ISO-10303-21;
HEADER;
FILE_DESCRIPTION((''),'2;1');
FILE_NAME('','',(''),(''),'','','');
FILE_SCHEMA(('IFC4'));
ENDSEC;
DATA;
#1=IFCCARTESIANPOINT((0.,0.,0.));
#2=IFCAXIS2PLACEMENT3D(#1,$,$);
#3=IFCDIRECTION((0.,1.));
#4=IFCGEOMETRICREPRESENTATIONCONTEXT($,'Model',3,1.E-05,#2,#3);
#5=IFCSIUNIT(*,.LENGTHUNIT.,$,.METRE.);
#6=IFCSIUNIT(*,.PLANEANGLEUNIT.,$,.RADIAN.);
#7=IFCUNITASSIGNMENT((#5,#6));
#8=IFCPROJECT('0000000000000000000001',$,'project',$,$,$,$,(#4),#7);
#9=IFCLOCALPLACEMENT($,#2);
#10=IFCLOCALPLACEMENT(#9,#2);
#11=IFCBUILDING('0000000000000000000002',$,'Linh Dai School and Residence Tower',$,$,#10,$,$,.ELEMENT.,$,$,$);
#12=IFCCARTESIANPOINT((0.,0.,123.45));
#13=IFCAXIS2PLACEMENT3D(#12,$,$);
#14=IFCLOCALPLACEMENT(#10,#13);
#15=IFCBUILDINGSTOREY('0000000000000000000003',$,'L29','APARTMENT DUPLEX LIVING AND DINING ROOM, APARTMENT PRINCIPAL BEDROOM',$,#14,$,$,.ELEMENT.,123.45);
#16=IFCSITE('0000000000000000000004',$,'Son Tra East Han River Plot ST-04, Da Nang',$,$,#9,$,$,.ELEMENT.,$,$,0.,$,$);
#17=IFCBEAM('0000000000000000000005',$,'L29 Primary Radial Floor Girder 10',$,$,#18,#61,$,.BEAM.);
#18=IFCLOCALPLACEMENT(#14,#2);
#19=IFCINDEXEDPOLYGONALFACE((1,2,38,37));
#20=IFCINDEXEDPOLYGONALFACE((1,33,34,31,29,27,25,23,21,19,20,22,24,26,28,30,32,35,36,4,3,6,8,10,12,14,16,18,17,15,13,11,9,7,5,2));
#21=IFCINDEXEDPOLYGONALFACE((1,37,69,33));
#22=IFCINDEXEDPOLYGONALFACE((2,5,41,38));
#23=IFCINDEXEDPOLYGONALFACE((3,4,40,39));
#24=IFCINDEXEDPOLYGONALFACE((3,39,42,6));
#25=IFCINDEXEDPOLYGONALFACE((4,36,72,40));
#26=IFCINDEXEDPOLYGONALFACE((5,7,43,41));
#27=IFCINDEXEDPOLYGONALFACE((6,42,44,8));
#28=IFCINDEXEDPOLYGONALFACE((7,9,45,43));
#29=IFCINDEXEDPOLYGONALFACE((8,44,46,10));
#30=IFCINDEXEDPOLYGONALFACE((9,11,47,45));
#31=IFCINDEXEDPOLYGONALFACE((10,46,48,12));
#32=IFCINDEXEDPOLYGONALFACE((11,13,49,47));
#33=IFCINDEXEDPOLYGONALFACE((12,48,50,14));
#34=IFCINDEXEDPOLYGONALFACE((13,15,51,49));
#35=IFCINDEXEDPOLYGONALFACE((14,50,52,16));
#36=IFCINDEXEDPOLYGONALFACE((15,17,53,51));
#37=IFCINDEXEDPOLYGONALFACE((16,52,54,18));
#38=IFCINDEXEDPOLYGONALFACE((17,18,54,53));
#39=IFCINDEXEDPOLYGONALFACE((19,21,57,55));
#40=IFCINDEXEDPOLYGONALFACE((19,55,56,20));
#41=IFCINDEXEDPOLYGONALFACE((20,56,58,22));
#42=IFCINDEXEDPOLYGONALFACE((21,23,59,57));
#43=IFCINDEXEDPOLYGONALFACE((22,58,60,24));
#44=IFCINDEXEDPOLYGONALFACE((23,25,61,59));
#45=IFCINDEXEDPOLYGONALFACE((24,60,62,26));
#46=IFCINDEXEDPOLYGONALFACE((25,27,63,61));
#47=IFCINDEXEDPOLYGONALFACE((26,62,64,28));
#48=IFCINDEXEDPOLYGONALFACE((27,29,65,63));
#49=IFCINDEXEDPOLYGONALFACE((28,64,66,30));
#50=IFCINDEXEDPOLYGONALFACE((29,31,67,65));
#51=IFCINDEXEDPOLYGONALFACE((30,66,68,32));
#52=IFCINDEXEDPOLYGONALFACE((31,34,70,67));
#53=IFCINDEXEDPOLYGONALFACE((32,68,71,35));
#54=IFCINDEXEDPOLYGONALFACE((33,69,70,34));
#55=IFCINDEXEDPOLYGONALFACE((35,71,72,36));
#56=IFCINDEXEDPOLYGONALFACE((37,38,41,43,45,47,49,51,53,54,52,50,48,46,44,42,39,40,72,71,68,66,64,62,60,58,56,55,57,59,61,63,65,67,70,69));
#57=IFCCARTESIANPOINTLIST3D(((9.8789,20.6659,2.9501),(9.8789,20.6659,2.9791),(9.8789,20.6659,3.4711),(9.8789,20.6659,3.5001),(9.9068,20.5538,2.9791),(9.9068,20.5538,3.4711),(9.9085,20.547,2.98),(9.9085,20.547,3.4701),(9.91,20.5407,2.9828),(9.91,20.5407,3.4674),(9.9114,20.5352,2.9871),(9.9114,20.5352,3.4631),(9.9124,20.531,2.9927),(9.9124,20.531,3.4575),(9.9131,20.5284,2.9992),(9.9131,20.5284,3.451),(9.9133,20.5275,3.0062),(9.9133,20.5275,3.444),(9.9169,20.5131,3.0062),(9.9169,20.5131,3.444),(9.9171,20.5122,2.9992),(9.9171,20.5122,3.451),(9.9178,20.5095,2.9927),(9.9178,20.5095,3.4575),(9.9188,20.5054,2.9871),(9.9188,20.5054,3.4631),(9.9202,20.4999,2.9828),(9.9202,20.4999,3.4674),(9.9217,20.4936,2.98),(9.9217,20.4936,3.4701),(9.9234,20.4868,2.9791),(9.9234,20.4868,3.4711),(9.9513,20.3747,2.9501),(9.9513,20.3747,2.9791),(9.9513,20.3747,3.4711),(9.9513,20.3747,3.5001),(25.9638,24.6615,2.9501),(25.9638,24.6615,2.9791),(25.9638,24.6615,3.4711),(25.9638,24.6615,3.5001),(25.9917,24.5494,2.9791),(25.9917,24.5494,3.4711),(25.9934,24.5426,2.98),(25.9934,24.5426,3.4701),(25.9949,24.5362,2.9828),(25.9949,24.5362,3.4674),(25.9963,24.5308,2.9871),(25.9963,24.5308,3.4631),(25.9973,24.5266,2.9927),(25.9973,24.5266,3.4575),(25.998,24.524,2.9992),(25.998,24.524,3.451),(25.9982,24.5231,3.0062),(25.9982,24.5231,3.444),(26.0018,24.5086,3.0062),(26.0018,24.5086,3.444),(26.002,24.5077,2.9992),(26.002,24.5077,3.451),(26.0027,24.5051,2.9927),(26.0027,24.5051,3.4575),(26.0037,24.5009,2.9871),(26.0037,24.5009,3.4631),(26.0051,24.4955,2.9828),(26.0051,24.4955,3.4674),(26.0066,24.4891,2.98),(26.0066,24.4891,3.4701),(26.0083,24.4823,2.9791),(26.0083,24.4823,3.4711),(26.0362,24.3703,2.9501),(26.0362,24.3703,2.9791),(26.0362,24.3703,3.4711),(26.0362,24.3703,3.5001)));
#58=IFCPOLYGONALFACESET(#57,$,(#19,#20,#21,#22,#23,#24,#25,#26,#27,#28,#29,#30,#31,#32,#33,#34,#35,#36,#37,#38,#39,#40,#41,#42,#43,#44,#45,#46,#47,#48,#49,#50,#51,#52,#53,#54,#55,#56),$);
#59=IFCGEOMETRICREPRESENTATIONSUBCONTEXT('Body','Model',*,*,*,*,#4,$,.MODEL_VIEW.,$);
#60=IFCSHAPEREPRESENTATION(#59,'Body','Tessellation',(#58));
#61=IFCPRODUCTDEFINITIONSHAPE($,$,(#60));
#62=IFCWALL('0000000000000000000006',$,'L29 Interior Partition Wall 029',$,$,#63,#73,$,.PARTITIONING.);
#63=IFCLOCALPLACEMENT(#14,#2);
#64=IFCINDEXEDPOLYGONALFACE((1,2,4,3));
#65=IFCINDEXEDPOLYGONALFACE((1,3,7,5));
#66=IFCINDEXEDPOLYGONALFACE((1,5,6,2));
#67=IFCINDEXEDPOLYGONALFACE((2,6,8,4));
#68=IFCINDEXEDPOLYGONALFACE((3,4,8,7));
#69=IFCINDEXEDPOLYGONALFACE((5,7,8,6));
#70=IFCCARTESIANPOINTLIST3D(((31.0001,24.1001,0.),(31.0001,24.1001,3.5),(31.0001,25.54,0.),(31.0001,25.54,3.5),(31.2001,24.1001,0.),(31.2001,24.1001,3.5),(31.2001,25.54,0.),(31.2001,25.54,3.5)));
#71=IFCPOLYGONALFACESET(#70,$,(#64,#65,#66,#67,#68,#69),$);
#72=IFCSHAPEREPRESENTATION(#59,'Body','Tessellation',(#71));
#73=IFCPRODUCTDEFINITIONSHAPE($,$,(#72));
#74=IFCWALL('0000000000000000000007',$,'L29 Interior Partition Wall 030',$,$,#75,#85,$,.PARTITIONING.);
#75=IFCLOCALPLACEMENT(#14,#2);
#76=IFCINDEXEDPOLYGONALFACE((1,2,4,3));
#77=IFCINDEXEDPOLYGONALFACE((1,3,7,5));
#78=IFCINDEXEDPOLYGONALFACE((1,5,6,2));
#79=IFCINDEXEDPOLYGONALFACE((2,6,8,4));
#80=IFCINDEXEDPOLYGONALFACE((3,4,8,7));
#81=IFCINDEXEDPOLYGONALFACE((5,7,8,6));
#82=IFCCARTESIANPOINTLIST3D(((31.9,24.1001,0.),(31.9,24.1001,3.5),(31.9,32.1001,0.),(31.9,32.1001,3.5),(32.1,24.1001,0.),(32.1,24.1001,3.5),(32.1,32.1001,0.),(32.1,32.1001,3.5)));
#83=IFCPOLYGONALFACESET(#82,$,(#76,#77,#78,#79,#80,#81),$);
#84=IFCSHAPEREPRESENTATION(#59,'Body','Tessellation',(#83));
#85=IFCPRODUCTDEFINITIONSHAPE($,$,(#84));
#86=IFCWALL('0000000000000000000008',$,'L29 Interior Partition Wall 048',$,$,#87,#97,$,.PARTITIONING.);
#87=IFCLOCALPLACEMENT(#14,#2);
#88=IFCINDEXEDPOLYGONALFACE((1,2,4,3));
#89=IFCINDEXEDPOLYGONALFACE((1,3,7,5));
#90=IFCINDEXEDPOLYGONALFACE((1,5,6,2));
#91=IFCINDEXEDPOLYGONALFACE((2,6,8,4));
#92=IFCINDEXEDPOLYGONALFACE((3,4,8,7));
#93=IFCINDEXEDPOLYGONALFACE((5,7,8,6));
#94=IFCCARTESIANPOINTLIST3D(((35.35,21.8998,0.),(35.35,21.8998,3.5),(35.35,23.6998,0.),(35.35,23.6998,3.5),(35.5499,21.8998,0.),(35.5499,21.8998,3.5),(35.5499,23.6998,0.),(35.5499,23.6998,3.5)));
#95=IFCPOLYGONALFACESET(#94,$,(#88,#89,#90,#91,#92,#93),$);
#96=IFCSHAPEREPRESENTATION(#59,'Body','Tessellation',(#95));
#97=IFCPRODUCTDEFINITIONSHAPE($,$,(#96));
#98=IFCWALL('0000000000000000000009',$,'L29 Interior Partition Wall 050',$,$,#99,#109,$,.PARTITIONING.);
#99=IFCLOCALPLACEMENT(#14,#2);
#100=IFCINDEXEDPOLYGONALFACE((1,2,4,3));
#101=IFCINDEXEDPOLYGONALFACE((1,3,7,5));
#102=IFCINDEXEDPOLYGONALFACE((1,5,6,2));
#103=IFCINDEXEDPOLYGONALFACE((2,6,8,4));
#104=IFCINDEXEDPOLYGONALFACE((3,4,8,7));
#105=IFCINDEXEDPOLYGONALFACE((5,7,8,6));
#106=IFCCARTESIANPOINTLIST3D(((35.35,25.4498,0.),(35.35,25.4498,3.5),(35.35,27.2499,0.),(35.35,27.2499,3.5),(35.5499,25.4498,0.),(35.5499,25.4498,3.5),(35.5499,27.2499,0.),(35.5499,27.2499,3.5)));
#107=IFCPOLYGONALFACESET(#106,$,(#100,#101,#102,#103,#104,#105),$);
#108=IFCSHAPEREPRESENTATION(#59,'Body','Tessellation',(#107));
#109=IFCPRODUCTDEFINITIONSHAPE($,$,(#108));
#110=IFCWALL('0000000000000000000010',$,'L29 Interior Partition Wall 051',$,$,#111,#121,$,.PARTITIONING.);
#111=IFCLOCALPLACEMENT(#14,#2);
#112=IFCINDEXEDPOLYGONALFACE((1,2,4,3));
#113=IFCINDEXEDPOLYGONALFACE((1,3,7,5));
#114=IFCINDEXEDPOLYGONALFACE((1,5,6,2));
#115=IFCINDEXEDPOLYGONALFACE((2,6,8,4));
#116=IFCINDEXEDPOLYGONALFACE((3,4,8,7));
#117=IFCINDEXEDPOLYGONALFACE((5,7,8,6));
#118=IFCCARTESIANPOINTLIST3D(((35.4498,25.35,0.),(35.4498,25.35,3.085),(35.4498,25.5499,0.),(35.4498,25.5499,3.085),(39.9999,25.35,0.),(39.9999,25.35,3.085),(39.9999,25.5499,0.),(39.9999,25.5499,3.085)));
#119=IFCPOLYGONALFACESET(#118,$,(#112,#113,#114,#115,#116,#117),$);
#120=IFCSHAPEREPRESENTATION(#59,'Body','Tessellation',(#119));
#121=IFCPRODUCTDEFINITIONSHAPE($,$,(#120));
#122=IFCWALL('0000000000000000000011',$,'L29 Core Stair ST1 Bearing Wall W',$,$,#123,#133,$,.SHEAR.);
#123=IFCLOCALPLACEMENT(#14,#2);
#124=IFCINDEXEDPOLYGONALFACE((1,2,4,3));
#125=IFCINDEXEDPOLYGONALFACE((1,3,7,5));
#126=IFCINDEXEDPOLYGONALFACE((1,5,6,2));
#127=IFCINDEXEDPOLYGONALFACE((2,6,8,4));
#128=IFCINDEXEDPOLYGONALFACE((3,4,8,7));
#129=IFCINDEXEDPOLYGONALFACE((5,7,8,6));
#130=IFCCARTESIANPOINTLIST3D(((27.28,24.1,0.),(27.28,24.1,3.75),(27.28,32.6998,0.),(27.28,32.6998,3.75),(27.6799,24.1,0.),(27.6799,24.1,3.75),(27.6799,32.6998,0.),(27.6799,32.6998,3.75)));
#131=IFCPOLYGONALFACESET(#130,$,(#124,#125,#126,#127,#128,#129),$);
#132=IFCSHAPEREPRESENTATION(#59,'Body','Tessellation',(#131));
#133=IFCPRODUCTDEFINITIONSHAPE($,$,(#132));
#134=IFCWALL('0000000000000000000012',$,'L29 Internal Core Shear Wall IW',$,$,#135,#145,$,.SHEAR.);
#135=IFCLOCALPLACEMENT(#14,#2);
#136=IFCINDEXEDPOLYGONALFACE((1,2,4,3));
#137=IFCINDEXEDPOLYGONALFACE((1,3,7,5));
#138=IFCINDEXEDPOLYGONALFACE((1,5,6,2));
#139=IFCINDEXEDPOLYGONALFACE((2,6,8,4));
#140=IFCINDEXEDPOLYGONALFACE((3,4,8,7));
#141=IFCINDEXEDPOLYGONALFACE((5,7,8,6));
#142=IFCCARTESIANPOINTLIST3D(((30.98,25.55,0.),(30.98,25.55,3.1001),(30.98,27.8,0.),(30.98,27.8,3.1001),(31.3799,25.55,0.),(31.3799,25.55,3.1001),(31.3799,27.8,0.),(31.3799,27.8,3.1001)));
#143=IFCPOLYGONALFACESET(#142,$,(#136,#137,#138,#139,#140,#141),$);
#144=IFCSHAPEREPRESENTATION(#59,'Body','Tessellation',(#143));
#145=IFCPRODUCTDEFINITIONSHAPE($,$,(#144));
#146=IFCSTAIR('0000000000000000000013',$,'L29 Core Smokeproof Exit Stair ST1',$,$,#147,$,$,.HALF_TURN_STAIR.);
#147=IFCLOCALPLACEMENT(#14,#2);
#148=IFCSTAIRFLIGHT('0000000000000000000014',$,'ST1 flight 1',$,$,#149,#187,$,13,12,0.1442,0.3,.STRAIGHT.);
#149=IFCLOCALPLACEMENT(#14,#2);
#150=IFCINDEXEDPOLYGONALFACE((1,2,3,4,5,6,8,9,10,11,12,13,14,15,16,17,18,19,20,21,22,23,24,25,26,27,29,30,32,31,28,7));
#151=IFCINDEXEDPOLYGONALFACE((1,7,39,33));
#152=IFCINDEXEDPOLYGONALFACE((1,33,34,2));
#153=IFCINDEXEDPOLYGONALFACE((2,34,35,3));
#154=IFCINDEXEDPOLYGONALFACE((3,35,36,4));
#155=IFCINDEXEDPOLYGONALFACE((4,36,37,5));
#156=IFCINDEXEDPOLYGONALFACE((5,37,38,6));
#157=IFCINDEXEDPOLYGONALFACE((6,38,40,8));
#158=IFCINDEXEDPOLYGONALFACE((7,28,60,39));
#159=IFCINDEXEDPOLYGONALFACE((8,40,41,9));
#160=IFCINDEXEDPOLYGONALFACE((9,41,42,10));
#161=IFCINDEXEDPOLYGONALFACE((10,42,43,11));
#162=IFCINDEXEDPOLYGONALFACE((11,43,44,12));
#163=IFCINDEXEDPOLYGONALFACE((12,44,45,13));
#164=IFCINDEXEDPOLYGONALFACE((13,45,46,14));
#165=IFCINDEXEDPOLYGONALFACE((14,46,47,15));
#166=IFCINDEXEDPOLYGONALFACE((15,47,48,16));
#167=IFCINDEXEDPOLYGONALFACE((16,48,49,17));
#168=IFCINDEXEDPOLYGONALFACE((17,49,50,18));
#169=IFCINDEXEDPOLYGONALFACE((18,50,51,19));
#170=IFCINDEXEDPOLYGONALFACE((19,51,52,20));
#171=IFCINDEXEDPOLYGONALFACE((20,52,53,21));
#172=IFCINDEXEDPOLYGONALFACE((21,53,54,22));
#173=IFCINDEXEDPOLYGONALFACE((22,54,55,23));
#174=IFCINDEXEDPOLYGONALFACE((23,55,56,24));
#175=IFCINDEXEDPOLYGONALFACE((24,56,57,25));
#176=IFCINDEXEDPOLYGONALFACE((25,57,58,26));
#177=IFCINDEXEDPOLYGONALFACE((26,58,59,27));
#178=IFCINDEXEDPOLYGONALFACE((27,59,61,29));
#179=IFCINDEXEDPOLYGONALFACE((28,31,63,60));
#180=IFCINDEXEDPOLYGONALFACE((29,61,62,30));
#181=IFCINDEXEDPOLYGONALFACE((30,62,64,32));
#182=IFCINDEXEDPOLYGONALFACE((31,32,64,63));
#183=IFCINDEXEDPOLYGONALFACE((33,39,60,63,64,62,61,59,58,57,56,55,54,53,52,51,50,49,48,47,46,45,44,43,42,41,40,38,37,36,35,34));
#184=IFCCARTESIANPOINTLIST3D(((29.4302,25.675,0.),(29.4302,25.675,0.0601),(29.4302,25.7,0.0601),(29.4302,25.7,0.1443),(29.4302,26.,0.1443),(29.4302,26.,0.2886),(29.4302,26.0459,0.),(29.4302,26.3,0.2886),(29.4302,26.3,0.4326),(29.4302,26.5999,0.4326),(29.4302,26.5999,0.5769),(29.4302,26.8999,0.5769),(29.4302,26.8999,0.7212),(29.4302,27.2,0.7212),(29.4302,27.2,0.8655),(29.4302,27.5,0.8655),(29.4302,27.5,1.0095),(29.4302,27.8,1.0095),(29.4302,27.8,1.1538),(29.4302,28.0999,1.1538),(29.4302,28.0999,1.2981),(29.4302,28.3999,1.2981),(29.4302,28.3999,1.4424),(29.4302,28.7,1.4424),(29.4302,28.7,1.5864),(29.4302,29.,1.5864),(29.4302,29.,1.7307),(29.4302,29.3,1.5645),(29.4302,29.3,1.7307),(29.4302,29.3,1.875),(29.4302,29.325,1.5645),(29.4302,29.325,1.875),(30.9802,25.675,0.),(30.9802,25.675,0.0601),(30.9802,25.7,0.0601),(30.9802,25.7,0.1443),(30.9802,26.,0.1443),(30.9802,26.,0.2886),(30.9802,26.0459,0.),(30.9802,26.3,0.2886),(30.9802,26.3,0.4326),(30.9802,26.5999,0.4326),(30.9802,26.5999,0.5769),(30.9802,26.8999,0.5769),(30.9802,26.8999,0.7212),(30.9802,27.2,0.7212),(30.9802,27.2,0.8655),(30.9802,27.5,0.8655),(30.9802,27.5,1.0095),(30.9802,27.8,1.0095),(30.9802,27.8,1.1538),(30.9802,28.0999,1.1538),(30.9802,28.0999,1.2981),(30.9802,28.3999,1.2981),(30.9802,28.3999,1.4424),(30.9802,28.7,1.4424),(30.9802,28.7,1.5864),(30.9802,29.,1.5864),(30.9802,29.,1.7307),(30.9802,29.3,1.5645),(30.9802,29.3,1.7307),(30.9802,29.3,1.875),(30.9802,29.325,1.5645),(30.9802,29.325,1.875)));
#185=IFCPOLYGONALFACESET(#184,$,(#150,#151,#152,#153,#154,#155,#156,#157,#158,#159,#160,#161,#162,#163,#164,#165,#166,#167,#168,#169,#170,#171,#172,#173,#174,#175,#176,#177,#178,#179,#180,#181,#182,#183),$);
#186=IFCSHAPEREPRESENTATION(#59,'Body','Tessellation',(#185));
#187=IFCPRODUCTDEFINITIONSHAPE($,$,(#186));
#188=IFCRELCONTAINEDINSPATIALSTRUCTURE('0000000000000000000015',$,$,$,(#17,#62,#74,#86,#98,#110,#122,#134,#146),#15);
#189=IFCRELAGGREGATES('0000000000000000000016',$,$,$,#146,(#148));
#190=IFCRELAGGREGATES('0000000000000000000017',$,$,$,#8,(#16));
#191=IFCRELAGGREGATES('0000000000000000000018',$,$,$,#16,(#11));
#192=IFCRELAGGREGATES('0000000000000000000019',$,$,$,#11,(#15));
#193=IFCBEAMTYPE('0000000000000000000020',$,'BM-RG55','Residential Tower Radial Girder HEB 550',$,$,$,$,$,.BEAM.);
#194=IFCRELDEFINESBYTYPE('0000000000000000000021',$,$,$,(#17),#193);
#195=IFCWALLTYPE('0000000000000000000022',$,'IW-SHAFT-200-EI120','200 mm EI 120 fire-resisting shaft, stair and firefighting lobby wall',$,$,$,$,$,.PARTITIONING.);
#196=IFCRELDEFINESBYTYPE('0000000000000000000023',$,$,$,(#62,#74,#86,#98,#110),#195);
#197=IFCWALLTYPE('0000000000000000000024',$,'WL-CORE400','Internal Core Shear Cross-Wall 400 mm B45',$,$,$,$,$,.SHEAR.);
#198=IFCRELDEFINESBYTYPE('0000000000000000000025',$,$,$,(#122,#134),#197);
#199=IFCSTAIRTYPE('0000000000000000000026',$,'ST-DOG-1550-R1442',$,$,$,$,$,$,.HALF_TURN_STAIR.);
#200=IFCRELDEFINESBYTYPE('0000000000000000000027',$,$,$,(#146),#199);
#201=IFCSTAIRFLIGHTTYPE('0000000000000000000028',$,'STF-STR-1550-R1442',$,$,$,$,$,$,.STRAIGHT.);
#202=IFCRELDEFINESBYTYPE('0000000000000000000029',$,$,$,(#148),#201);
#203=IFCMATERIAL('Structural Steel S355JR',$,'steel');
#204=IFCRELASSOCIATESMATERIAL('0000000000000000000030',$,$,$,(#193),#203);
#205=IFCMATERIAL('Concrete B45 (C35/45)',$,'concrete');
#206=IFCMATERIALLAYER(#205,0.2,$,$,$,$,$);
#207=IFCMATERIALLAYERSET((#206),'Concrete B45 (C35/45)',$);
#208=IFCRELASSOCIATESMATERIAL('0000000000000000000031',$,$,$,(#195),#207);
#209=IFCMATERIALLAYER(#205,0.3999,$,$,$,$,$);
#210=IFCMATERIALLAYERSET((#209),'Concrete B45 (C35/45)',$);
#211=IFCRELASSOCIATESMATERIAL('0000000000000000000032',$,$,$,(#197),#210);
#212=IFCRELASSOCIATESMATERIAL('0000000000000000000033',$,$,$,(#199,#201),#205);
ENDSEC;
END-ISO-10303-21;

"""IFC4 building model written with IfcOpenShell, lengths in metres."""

from ifc_helpers import new_model, si_unit, direction, frame, frame_2d, origin, origin_2d, place, context, subcontext, project, spatial, polyline, rectangle, i_section, outline, extrude, source, transform, mapped, material, layer, layer_set, material_profile, profile_set, type_object, element, aggregate, save


model = new_model("IFC4")

# Units and contexts
model_context = context("Model", 3, precision=1e-05, world=origin(), true_north=direction((0.0, 1.0)))
body_context = subcontext(model_context, "Body", "Model", "MODEL_VIEW")
ifc_project = project(units=[si_unit("LENGTHUNIT", "METRE"), si_unit("PLANEANGLEUNIT", "RADIAN")], contexts=[model_context])

# Site, building, storey
site_placement = place(None, origin())
site = spatial("IfcSite", under=ifc_project, at=site_placement, Name="Son Tra East Han River Plot ST-04, Da Nang", CompositionType="ELEMENT", RefElevation=0.0)
building_placement = place(site_placement, origin())
building = spatial("IfcBuilding", under=site, at=building_placement, Name="Linh Dai School and Residence Tower", CompositionType="ELEMENT")
storey_placement = place(building_placement, frame((0.0, 0.0, 123.45)))
storey = spatial("IfcBuildingStorey", under=building, at=storey_placement, Name="L29", Description="APARTMENT DUPLEX LIVING AND DINING ROOM, APARTMENT PRINCIPAL BEDROOM", CompositionType="ELEMENT", Elevation=123.45)

# Shared definitions
ifc_material_1 = material(Name="Structural Steel S355JR", Category="steel")

# Beam
ifc_material_profile_1 = material_profile(ifc_material_1, i_section(OverallWidth=0.3, OverallDepth=0.55, WebThickness=0.0149, FlangeThickness=0.0291, FilletRadius=0.0271, at=origin_2d()), Name="HEB 550")
ifc_profile_set_1 = profile_set([ifc_material_profile_1], Name="Structural Steel S355JR")
beam_type = type_object("IfcBeamType", Name="BM-RG55", Description="Residential Tower Radial Girder HEB 550", PredefinedType="BEAM", material=ifc_profile_set_1)
beam_placement = place(storey_placement, frame((26.0, 24.5159, 3.2251), z_axis=(-0.970505, -0.24108, 0.0), x_axis=(0.24108, -0.970505, 0.0)))
element("IfcBeam", 1, at=beam_placement, inside=storey, type_object=beam_type, Name="L29 Primary Radial Floor Girder 10", PredefinedType="BEAM", context=body_context, shape_type="SweptSolid", body=[
    extrude(i_section(OverallWidth=0.3, OverallDepth=0.55, WebThickness=0.0149, FlangeThickness=0.0291, FilletRadius=0.0271, at=origin_2d()), origin(), (0.0, 0.0, 1.0), 16.5737),
])

# Shared definitions
ifc_material_2 = material(Name="Concrete B45 (C35/45)", Category="concrete")
ifc_layer_1 = layer(ifc_material_2, 0.2)
ifc_layer_set_1 = layer_set([ifc_layer_1], Name="Concrete B45 (C35/45)")
wall_type_1 = type_object("IfcWallType", Name="IW-SHAFT-200-EI120", Description="200 mm EI 120 fire-resisting shaft, stair and firefighting lobby wall", PredefinedType="PARTITIONING", material=ifc_layer_set_1)

# Walls
wall_1_placement = place(storey_placement, frame((31.1001, 24.1001, 0.0), z_axis=(0.0, 0.0, 1.0), x_axis=(0.0, 1.0, 0.0)))
element("IfcWall", 2, at=wall_1_placement, inside=storey, type_object=wall_type_1, Name="L29 Interior Partition Wall 029", PredefinedType="PARTITIONING", context=body_context, shape_type="SweptSolid", body=[
    extrude(rectangle(XDim=1.4399, YDim=0.2, at=frame_2d((0.72, 0.0))), origin(), (0.0, 0.0, 1.0), 3.5),
])
wall_2_placement = place(storey_placement, frame((32.0, 24.1001, 0.0), z_axis=(0.0, 0.0, 1.0), x_axis=(0.0, 1.0, 0.0)))
element("IfcWall", 3, at=wall_2_placement, inside=storey, type_object=wall_type_1, Name="L29 Interior Partition Wall 030", PredefinedType="PARTITIONING", context=body_context, shape_type="SweptSolid", body=[
    extrude(rectangle(XDim=8.0, YDim=0.2, at=frame_2d((4.0, 0.0))), origin(), (0.0, 0.0, 1.0), 3.5),
])

# Wall
wall_3_placement = place(storey_placement, frame((35.45, 21.8999, 0.0), z_axis=(0.0, 0.0, 1.0), x_axis=(0.0, 1.0, 0.0)))
element("IfcWall", 4, at=wall_3_placement, inside=storey, type_object=wall_type_1, Name="L29 Interior Partition Wall 048", PredefinedType="PARTITIONING", context=body_context, shape_type="SweptSolid", body=[
    extrude(rectangle(XDim=1.8, YDim=0.2, at=frame_2d((0.8999, 0.0))), origin(), (0.0, 0.0, 1.0), 3.5),
])

# Walls
wall_4_placement = place(storey_placement, frame((35.45, 25.45, 0.0), z_axis=(0.0, 0.0, 1.0), x_axis=(0.0, 1.0, 0.0)))
element("IfcWall", 5, at=wall_4_placement, inside=storey, type_object=wall_type_1, Name="L29 Interior Partition Wall 050", PredefinedType="PARTITIONING", context=body_context, shape_type="SweptSolid", body=[
    extrude(rectangle(XDim=1.8, YDim=0.2, at=frame_2d((0.8999, 0.0))), origin(), (0.0, 0.0, 1.0), 3.5),
])
wall_5_placement = place(storey_placement, frame((35.45, 25.45, 0.0), z_axis=(0.0, 0.0, 1.0), x_axis=(1.0, 0.0, 0.0)))
element("IfcWall", 6, at=wall_5_placement, inside=storey, type_object=wall_type_1, Name="L29 Interior Partition Wall 051", PredefinedType="PARTITIONING", context=body_context, shape_type="SweptSolid", body=[
    extrude(rectangle(XDim=4.55, YDim=0.2, at=frame_2d((2.2749, 0.0))), origin(), (0.0, 0.0, 1.0), 3.085),
])
ifc_layer_2 = layer(ifc_material_2, 0.3999)
ifc_layer_set_2 = layer_set([ifc_layer_2], Name="Concrete B45 (C35/45)")
wall_type_2 = type_object("IfcWallType", Name="WL-CORE400", Description="Internal Core Shear Cross-Wall 400 mm B45", PredefinedType="SHEAR", material=ifc_layer_set_2)
wall_6_placement = place(storey_placement, frame((27.48, 24.1001, 0.0), z_axis=(0.0, 0.0, 1.0), x_axis=(0.0, 1.0, 0.0)))
element("IfcWall", 7, at=wall_6_placement, inside=storey, type_object=wall_type_2, Name="L29 Core Stair ST1 Bearing Wall W", PredefinedType="SHEAR", context=body_context, shape_type="SweptSolid", body=[
    extrude(rectangle(XDim=8.5999, YDim=0.3999, at=frame_2d((4.2998, 0.0))), origin(), (0.0, 0.0, 1.0), 3.75),
])
wall_7_placement = place(storey_placement, frame((31.1799, 25.55, 0.0), z_axis=(0.0, 0.0, 1.0), x_axis=(0.0, 1.0, 0.0)))
element("IfcWall", 8, at=wall_7_placement, inside=storey, type_object=wall_type_2, Name="L29 Internal Core Shear Wall IW", PredefinedType="SHEAR", context=body_context, shape_type="SweptSolid", body=[
    extrude(rectangle(XDim=2.25, YDim=0.3999, at=frame_2d((1.125, 0.0))), origin(), (0.0, 0.0, 1.0), 3.1001),
])

# Stair, stair flight
stair_type = type_object("IfcStairType", Name="ST-DOG-1550-R1442", PredefinedType="HALF_TURN_STAIR", material=ifc_material_2)
stair_placement = place(storey_placement, origin())
stair = element("IfcStair", 9, at=stair_placement, inside=storey, type_object=stair_type, Name="L29 Core Smokeproof Exit Stair ST1", PredefinedType="HALF_TURN_STAIR")
stair_flight_type = type_object("IfcStairFlightType", Name="STF-STR-1550-R1442", PredefinedType="STRAIGHT", material=ifc_material_2)
shared_shape_1 = source(origin(), body_context, "Body", "SweptSolid", [
    extrude(outline(polyline([(-0.0249, 0.0), (-0.0249, 0.0601), (0.0, 0.0601), (0.0, 0.1443), (0.3, 0.1443), (0.3, 0.2886), (0.6001, 0.2886), (0.6001, 0.4326), (0.8999, 0.4326), (0.8999, 0.5769), (1.2, 0.5769), (1.2, 0.7212), (1.5, 0.7212), (1.5, 0.8655), (1.8, 0.8655), (1.8, 1.0095), (2.1001, 1.0095), (2.1001, 1.1538), (2.3999, 1.1538), (2.3999, 1.2981), (2.7, 1.2981), (2.7, 1.4424), (3.0, 1.4424), (3.0, 1.5864), (3.3, 1.5864), (3.3, 1.7307), (3.6001, 1.7307), (3.6001, 1.875), (3.625, 1.875), (3.625, 1.5645), (3.6001, 1.5645), (0.3459, 0.0), (-0.0249, 0.0)])), frame((0.0, 0.7749, 0.0), z_axis=(0.0, -1.0, 0.0), x_axis=(1.0, 0.0, 0.0)), (0.0, 0.0, 1.0), 1.55),
])
stair_flight_placement = place(storey_placement, frame((30.2051, 25.7, 0.0), z_axis=(0.0, 0.0, 1.0), x_axis=(0.0, 1.0, 0.0)))
stair_flight = element("IfcStairFlight", 10, at=stair_flight_placement, type_object=stair_flight_type, Name="ST1 flight 1", NumberOfRisers=13, NumberOfTreads=12, PredefinedType="STRAIGHT", RiserHeight=0.1442, TreadLength=0.3, context=body_context, shape_type="MappedRepresentation", body=[
    mapped(shared_shape_1, transform((0.0, 0.0, 0.0), x_axis=(1.0, 0.0, 0.0), y_axis=(0.0, 1.0, 0.0), z_axis=(0.0, 0.0, 1.0), scale=1.0)),
])
aggregate(stair, [stair_flight])

save(model, "model.ifc")
